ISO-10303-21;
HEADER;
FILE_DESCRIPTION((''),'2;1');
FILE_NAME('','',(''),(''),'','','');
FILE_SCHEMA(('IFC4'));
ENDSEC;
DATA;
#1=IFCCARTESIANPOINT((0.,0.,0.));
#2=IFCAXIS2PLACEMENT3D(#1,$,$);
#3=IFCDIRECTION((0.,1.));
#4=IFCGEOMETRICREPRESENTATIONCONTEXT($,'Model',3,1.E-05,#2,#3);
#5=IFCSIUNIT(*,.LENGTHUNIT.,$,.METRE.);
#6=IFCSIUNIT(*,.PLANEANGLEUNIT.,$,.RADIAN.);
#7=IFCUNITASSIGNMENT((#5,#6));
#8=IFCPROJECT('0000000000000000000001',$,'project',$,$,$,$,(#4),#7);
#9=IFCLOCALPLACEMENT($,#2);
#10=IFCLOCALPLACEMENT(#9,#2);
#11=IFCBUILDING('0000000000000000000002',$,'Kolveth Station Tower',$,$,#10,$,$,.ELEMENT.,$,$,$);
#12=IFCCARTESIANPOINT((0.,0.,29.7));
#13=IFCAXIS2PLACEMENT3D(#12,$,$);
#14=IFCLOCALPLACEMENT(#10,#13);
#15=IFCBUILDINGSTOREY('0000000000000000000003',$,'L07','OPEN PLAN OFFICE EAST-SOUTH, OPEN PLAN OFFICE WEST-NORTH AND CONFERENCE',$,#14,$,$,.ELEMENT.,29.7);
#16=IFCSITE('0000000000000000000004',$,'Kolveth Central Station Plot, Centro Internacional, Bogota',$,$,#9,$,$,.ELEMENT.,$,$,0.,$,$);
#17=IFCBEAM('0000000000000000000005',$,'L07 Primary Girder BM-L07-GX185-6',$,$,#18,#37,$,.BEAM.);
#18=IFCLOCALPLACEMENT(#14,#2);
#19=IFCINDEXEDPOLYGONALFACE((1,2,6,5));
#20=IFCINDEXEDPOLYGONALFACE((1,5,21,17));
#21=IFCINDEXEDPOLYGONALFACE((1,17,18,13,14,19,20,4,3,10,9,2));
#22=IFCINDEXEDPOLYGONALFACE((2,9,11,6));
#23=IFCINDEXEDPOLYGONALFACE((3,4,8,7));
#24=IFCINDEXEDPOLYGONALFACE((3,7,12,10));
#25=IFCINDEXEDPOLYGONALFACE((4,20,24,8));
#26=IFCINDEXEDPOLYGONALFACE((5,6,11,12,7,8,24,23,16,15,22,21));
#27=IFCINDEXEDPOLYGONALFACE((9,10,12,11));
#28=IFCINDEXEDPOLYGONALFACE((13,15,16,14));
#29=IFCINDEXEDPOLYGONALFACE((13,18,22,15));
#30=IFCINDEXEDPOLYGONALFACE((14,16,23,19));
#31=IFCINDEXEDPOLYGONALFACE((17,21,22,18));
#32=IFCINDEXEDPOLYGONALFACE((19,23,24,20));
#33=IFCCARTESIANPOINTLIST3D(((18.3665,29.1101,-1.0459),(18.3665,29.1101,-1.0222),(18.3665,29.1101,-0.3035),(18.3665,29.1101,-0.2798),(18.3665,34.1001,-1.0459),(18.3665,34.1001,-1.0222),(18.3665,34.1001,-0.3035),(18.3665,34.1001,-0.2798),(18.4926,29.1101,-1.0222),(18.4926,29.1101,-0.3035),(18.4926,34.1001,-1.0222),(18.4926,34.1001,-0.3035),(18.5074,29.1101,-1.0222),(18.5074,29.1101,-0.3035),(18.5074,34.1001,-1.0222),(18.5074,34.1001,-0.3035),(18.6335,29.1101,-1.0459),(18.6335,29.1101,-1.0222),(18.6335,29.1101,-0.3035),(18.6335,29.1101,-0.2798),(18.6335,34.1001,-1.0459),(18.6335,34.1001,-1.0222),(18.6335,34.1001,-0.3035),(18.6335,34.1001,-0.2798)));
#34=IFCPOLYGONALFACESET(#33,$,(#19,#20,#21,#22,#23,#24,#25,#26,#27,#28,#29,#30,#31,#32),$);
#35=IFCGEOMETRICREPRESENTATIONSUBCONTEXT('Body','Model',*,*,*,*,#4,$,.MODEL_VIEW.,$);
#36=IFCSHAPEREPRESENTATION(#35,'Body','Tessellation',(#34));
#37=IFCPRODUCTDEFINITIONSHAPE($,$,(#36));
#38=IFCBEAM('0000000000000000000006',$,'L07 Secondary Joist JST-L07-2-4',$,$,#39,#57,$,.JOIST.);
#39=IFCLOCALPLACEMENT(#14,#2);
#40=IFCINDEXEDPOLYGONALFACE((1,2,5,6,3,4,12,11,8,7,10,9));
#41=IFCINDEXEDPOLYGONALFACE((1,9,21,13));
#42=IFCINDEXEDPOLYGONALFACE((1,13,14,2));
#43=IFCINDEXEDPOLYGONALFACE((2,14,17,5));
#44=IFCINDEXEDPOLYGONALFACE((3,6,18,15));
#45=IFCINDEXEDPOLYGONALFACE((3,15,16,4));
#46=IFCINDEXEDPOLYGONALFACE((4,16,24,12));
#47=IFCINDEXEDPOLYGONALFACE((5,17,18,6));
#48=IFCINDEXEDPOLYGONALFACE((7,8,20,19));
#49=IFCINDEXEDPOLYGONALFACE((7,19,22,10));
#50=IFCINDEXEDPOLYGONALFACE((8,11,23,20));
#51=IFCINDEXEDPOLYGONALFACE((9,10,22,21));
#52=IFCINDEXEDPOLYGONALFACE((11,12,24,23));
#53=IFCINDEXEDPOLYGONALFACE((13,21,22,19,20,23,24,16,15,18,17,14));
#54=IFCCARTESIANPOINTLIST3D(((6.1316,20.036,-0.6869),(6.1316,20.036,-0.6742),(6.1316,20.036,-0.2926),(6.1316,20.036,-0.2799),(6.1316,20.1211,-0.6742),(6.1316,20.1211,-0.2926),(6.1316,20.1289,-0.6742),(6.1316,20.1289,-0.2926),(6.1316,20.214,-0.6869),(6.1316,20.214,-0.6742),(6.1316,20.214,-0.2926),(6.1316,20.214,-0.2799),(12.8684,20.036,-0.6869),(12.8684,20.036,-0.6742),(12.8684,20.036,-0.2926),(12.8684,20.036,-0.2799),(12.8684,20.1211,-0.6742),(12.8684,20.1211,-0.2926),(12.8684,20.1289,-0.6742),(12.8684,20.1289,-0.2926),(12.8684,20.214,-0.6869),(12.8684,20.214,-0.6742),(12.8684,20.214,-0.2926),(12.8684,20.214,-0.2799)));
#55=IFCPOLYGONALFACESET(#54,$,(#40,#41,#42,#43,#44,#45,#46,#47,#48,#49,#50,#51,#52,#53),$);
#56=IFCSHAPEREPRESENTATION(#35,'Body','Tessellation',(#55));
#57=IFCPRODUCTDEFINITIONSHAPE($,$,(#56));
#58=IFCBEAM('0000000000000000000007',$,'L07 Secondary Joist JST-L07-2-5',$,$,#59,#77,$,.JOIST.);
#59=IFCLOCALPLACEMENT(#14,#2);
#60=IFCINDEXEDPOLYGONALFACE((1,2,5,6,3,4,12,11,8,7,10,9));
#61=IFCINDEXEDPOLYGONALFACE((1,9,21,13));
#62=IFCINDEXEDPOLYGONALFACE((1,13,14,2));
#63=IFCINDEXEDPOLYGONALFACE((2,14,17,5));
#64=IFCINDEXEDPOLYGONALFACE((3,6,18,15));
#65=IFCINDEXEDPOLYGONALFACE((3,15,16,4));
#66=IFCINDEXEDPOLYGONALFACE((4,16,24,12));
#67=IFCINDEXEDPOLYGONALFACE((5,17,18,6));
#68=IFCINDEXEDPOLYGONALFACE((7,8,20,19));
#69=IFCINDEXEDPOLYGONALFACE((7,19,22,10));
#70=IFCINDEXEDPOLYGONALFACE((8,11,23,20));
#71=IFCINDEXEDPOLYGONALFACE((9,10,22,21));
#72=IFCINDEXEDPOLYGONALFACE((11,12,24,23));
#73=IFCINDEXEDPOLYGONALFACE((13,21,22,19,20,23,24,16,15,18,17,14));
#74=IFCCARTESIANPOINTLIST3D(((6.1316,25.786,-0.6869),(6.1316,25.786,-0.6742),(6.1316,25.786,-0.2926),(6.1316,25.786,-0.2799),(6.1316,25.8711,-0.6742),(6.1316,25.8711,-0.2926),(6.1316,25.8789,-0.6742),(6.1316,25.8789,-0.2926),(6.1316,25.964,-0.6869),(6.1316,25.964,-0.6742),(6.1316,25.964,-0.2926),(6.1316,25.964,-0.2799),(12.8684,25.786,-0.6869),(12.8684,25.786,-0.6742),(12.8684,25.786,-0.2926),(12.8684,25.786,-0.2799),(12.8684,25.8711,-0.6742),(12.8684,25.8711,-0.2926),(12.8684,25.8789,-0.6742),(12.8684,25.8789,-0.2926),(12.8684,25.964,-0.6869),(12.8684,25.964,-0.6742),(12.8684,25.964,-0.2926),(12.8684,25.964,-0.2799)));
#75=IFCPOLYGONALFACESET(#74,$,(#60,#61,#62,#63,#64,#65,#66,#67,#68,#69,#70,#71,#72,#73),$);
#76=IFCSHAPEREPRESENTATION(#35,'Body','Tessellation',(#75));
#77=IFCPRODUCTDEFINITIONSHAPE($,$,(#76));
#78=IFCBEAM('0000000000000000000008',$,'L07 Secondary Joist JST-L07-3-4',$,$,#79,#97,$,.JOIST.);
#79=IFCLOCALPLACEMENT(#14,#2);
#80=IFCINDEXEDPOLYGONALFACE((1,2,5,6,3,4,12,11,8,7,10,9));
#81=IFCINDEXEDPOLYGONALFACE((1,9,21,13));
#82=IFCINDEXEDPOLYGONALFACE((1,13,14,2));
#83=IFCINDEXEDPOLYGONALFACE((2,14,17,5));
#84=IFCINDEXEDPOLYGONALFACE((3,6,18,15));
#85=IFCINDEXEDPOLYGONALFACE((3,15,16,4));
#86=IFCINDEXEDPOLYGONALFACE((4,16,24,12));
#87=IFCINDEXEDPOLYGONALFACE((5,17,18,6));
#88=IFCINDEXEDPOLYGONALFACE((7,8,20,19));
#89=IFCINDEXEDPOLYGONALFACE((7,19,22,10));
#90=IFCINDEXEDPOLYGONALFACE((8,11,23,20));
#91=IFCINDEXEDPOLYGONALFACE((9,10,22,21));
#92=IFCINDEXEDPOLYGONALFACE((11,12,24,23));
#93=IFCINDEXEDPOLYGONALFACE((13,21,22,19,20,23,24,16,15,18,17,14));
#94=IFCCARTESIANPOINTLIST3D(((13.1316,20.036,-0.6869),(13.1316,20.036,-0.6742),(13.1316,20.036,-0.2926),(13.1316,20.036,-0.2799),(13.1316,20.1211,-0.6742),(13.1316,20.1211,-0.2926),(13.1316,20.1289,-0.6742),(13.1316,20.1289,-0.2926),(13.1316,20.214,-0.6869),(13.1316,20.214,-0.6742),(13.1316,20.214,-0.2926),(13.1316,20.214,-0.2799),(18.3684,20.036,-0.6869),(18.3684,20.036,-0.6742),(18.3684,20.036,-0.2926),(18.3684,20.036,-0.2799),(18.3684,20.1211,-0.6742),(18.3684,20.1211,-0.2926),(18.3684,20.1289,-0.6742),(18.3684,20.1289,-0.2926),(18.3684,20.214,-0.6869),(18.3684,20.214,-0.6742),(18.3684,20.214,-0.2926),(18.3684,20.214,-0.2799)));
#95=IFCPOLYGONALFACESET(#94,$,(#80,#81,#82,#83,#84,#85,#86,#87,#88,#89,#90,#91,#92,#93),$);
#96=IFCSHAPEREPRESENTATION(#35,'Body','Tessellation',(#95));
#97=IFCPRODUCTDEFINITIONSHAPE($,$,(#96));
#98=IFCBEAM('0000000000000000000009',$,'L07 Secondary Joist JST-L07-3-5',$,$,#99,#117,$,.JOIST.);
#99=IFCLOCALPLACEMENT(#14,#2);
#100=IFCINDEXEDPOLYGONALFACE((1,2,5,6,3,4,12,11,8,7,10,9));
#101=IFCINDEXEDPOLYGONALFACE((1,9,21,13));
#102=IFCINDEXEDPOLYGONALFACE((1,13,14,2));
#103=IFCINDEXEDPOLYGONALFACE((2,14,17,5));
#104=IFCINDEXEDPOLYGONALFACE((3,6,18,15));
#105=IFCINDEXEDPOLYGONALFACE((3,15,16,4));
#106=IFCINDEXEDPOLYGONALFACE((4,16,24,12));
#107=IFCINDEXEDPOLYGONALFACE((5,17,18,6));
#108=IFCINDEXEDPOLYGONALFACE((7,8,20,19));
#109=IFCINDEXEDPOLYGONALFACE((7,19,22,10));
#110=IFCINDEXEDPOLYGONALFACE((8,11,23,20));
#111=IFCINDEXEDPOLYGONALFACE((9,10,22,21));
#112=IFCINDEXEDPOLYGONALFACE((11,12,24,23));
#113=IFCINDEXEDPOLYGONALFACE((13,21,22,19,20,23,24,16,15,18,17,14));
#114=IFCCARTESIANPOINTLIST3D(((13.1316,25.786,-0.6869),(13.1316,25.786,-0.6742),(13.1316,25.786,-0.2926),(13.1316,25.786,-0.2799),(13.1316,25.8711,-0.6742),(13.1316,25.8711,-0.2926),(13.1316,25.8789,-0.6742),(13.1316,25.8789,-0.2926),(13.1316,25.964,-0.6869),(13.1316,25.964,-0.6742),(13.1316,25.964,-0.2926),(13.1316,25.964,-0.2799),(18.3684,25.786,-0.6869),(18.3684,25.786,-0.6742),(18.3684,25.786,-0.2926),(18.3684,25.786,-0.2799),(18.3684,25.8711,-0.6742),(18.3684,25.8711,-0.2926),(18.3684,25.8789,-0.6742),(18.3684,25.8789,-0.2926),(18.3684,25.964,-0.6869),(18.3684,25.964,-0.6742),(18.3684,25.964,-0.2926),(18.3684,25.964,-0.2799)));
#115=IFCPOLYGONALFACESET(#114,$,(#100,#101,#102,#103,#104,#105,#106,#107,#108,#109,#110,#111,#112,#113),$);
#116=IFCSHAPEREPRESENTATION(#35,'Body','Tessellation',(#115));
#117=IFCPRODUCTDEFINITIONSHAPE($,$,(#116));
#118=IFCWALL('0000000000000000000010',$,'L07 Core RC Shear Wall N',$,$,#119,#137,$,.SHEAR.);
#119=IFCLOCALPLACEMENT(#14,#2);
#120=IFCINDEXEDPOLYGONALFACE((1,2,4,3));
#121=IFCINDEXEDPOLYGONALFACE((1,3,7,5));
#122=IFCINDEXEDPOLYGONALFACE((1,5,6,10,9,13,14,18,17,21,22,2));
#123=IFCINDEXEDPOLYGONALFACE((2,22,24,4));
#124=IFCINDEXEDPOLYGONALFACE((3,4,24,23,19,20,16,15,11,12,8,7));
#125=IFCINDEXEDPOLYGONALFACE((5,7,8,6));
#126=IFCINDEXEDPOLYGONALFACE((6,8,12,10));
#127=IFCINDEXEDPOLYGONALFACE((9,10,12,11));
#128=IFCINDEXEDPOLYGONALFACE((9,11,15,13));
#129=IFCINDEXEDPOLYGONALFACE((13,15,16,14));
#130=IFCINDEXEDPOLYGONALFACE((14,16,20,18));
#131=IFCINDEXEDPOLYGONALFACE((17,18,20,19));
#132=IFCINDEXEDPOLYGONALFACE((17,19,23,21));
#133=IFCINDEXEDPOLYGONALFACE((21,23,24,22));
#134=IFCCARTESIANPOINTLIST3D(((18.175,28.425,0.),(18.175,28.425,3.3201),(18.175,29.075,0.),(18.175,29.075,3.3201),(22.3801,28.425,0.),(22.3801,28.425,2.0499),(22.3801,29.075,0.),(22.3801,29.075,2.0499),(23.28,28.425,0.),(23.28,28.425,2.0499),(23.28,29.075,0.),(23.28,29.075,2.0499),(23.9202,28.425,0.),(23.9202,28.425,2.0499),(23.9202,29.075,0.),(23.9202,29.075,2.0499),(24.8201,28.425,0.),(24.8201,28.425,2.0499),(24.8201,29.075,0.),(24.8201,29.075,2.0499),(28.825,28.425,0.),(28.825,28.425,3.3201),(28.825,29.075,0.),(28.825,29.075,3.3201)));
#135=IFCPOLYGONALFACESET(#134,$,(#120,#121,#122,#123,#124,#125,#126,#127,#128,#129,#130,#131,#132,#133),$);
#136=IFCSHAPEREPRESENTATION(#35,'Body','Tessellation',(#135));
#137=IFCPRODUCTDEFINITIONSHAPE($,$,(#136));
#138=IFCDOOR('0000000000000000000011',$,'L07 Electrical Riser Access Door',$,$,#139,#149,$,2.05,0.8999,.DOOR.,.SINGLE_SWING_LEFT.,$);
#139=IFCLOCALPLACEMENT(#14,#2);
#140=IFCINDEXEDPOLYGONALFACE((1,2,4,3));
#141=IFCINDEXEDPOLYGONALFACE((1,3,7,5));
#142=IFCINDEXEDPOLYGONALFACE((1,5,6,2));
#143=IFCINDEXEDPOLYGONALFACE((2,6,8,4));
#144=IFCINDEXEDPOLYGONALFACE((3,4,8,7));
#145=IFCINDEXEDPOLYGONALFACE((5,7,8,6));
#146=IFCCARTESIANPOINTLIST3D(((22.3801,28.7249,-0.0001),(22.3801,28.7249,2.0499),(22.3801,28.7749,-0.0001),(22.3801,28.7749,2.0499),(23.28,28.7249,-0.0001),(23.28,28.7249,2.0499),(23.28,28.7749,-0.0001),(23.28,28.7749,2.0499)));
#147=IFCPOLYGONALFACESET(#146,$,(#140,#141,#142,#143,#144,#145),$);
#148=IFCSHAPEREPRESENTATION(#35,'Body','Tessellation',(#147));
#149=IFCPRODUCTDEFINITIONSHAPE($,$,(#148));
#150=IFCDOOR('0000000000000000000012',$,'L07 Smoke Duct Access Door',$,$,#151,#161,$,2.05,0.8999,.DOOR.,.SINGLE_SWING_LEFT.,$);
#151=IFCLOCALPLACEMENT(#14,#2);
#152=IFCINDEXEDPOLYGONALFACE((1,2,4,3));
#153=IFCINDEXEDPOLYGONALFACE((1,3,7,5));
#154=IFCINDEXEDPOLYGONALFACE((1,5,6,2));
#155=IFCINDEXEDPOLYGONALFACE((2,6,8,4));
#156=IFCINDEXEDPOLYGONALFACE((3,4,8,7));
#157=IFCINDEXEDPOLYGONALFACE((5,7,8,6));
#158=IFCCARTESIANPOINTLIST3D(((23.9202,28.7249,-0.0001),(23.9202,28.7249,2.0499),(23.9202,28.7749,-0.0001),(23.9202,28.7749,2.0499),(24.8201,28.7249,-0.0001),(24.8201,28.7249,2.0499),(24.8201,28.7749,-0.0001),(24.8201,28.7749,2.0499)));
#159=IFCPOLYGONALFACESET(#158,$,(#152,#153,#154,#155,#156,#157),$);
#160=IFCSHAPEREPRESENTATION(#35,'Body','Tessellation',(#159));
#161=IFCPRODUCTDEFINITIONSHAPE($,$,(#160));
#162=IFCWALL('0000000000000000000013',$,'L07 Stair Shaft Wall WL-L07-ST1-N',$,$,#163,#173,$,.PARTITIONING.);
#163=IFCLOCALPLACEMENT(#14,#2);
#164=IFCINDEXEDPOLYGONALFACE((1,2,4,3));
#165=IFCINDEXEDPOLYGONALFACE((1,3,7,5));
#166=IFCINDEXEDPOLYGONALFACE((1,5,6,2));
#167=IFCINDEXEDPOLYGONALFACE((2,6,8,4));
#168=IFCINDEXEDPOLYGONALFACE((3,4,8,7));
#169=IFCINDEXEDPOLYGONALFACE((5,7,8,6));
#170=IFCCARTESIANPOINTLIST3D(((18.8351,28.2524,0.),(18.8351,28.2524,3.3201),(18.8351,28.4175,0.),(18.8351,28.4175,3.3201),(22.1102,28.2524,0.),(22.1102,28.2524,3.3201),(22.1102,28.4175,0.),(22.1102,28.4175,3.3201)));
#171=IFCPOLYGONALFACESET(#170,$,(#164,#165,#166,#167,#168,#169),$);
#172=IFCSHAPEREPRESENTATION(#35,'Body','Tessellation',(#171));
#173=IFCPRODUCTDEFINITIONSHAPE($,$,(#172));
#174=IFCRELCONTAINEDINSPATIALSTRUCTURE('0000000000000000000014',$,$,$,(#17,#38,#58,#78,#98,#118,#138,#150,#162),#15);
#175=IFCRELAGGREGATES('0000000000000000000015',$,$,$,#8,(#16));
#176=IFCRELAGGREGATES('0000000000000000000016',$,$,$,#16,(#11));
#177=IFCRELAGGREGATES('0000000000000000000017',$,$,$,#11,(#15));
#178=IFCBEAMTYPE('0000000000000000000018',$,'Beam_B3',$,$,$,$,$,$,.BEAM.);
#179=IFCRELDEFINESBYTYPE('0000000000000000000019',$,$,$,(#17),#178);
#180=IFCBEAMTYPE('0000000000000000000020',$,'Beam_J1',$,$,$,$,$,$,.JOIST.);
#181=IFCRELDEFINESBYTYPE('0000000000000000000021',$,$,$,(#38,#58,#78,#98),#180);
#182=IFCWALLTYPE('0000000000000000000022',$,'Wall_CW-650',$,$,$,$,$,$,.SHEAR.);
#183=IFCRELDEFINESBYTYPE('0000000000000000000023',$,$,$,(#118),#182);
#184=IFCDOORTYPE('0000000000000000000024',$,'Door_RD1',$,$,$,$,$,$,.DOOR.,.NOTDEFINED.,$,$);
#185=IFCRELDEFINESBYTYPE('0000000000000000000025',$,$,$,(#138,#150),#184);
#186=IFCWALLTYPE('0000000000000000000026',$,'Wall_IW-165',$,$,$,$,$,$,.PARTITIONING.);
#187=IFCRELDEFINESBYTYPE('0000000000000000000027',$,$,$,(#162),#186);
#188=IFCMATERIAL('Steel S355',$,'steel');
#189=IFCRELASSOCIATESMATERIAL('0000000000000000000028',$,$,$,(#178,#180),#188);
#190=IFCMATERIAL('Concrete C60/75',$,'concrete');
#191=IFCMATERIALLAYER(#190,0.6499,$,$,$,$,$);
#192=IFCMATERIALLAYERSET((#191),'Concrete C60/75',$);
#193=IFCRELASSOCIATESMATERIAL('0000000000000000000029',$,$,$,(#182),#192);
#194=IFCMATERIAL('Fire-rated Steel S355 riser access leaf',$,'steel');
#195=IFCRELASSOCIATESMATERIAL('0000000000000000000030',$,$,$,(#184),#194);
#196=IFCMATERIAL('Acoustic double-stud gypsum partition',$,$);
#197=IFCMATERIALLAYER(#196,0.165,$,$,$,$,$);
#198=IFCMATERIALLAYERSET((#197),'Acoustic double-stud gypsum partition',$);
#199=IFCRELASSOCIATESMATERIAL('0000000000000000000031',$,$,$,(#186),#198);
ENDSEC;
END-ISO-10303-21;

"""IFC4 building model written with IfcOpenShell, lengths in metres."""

from ifc_helpers import new_model, si_unit, direction, frame, frame_2d, origin, origin_2d, place, context, subcontext, project, spatial, rectangle, i_section, extrude, source, transform, mapped, material, layer, layer_set, material_profile, profile_set, type_object, element, fill, save


model = new_model("IFC4")

# Units and contexts
model_context = context("Model", 3, precision=1e-05, world=origin(), true_north=direction((0.0, 1.0)))
body_context = subcontext(model_context, "Body", "Model", "MODEL_VIEW")
ifc_project = project(units=[si_unit("LENGTHUNIT", "METRE"), si_unit("PLANEANGLEUNIT", "RADIAN")], contexts=[model_context])

# Site, building, storey
site_placement = place(None, origin())
site = spatial("IfcSite", under=ifc_project, at=site_placement, Name="Kolveth Central Station Plot, Centro Internacional, Bogota", CompositionType="ELEMENT", RefElevation=0.0)
building_placement = place(site_placement, origin())
building = spatial("IfcBuilding", under=site, at=building_placement, Name="Kolveth Station Tower", CompositionType="ELEMENT")
storey_placement = place(building_placement, frame((0.0, 0.0, 29.7)))
storey = spatial("IfcBuildingStorey", under=building, at=storey_placement, Name="L07", Description="OPEN PLAN OFFICE EAST-SOUTH, OPEN PLAN OFFICE WEST-NORTH AND CONFERENCE", CompositionType="ELEMENT", Elevation=29.7)

# Beams
ifc_material_1 = material(Name="Steel S355", Category="steel")
ifc_material_profile_1 = material_profile(ifc_material_1, i_section(OverallWidth=0.2671, OverallDepth=0.7661, WebThickness=0.0149, FlangeThickness=0.0237, at=origin_2d()), Name="W760x185")
ifc_profile_set_1 = profile_set([ifc_material_profile_1], Name="Steel S355")
beam_type_1 = type_object("IfcBeamType", Name="Beam_B3", PredefinedType="BEAM", material=ifc_profile_set_1)
shared_shape_1 = source(origin(), body_context, "Body", "SweptSolid", [
    extrude(i_section(OverallWidth=0.2671, OverallDepth=0.7661, WebThickness=0.0149, FlangeThickness=0.0237, at=origin_2d()), origin(), (0.0, 0.0, 1.0), 4.99),
])
beam_1_placement = place(storey_placement, frame((18.5, 29.1101, -0.6628), z_axis=(0.0, 1.0, 0.0), x_axis=(-1.0, 0.0, 0.0)))
element("IfcBeam", 1, at=beam_1_placement, inside=storey, type_object=beam_type_1, Name="L07 Primary Girder BM-L07-GX185-6", PredefinedType="BEAM", context=body_context, shape_type="MappedRepresentation", body=[
    mapped(shared_shape_1, transform((0.0, 0.0, 0.0), x_axis=(1.0, 0.0, 0.0), y_axis=(0.0, 1.0, 0.0), z_axis=(0.0, 0.0, 1.0), scale=1.0)),
])
ifc_material_profile_2 = material_profile(ifc_material_1, i_section(OverallWidth=0.178, OverallDepth=0.407, WebThickness=0.0078, FlangeThickness=0.0127, at=origin_2d()), Name="W410x60")
ifc_profile_set_2 = profile_set([ifc_material_profile_2], Name="Steel S355")
beam_type_2 = type_object("IfcBeamType", Name="Beam_J1", PredefinedType="JOIST", material=ifc_profile_set_2)
shared_shape_2 = source(origin(), body_context, "Body", "SweptSolid", [
    extrude(i_section(OverallWidth=0.178, OverallDepth=0.407, WebThickness=0.0078, FlangeThickness=0.0127, at=origin_2d()), origin(), (0.0, 0.0, 1.0), 6.7368),
])
for number, where, z_axis, x_axis, name in (
    (2, (6.1316, 20.125, -0.4834), (1.0, 0.0, 0.0), (0.0, 1.0, 0.0), "L07 Secondary Joist JST-L07-2-4"),
    (3, (6.1316, 25.875, -0.4834), (1.0, 0.0, 0.0), (0.0, 1.0, 0.0), "L07 Secondary Joist JST-L07-2-5"),
):
    element("IfcBeam", number, at=place(storey_placement, frame(where, z_axis=z_axis, x_axis=x_axis)), inside=storey, type_object=beam_type_2, Name=name, PredefinedType="JOIST", context=body_context, shape_type="MappedRepresentation", body=[
        mapped(shared_shape_2, transform((0.0, 0.0, 0.0), x_axis=(1.0, 0.0, 0.0), y_axis=(0.0, 1.0, 0.0), z_axis=(0.0, 0.0, 1.0), scale=1.0)),
    ])
shared_shape_3 = source(origin(), body_context, "Body", "SweptSolid", [
    extrude(i_section(OverallWidth=0.178, OverallDepth=0.407, WebThickness=0.0078, FlangeThickness=0.0127, at=origin_2d()), origin(), (0.0, 0.0, 1.0), 5.2368),
])
for number, where, z_axis, x_axis, name in (
    (4, (13.1316, 20.125, -0.4834), (1.0, 0.0, 0.0), (0.0, 1.0, 0.0), "L07 Secondary Joist JST-L07-3-4"),
    (5, (13.1316, 25.875, -0.4834), (1.0, 0.0, 0.0), (0.0, 1.0, 0.0), "L07 Secondary Joist JST-L07-3-5"),
):
    element("IfcBeam", number, at=place(storey_placement, frame(where, z_axis=z_axis, x_axis=x_axis)), inside=storey, type_object=beam_type_2, Name=name, PredefinedType="JOIST", context=body_context, shape_type="MappedRepresentation", body=[
        mapped(shared_shape_3, transform((0.0, 0.0, 0.0), x_axis=(1.0, 0.0, 0.0), y_axis=(0.0, 1.0, 0.0), z_axis=(0.0, 0.0, 1.0), scale=1.0)),
    ])

# Wall, openings, doors
ifc_material_2 = material(Name="Concrete C60/75", Category="concrete")
ifc_layer_1 = layer(ifc_material_2, 0.6499)
ifc_layer_set_1 = layer_set([ifc_layer_1], Name="Concrete C60/75")
wall_type_1 = type_object("IfcWallType", Name="Wall_CW-650", PredefinedType="SHEAR", material=ifc_layer_set_1)
wall_1_placement = place(storey_placement, frame((18.175, 28.75, 0.0), z_axis=(0.0, 0.0, 1.0), x_axis=(1.0, 0.0, 0.0)))
wall_1 = element("IfcWall", 6, at=wall_1_placement, inside=storey, type_object=wall_type_1, Name="L07 Core RC Shear Wall N", PredefinedType="SHEAR", context=body_context, shape_type="SweptSolid", body=[
    extrude(rectangle(XDim=10.6499, YDim=0.6499, at=frame_2d((5.325, 0.0))), origin(), (0.0, 0.0, 1.0), 3.3201),
])
opening_1_placement = place(wall_1_placement, frame((4.2051, 0.0, 0.0)))
opening_1 = element("IfcOpeningElement", 7, at=opening_1_placement, cuts=wall_1, PredefinedType="OPENING", context=body_context, shape_type="SweptSolid", body=[
    extrude(rectangle(XDim=0.8999, YDim=2.05, at=frame_2d((0.45, 1.0249))), frame((0.0, 0.335, 0.0), z_axis=(0.0, -1.0, 0.0), x_axis=(1.0, 0.0, 0.0)), (0.0, 0.0, 1.0), 0.6699),
])
opening_2_placement = place(wall_1_placement, frame((5.7451, 0.0, 0.0)))
opening_2 = element("IfcOpeningElement", 8, at=opening_2_placement, cuts=wall_1, PredefinedType="OPENING", context=body_context, shape_type="SweptSolid", body=[
    extrude(rectangle(XDim=0.8999, YDim=2.05, at=frame_2d((0.45, 1.0249))), frame((0.0, 0.335, 0.0), z_axis=(0.0, -1.0, 0.0), x_axis=(1.0, 0.0, 0.0)), (0.0, 0.0, 1.0), 0.6699),
])
ifc_material_3 = material(Name="Fire-rated Steel S355 riser access leaf", Category="steel")
door_type_1 = type_object("IfcDoorType", Name="Door_RD1", OperationType="NOTDEFINED", PredefinedType="DOOR", material=ifc_material_3)
door_1_placement = place(opening_1_placement, origin())
door_1 = element("IfcDoor", 9, at=door_1_placement, inside=storey, type_object=door_type_1, Name="L07 Electrical Riser Access Door", OperationType="SINGLE_SWING_LEFT", OverallHeight=2.05, OverallWidth=0.8999, PredefinedType="DOOR", context=body_context, shape_type="SweptSolid", body=[
    extrude(rectangle(XDim=0.8999, YDim=2.05, at=frame_2d((0.45, 1.0249))), frame((0.0, 0.0249, 0.0), z_axis=(0.0, -1.0, 0.0), x_axis=(1.0, 0.0, 0.0)), (0.0, 0.0, 1.0), 0.05),
])
fill(opening_1, door_1)
door_2_placement = place(opening_2_placement, origin())
door_2 = element("IfcDoor", 10, at=door_2_placement, inside=storey, type_object=door_type_1, Name="L07 Smoke Duct Access Door", OperationType="SINGLE_SWING_LEFT", OverallHeight=2.05, OverallWidth=0.8999, PredefinedType="DOOR", context=body_context, shape_type="SweptSolid", body=[
    extrude(rectangle(XDim=0.8999, YDim=2.05, at=frame_2d((0.45, 1.0249))), frame((0.0, 0.0249, 0.0), z_axis=(0.0, -1.0, 0.0), x_axis=(1.0, 0.0, 0.0)), (0.0, 0.0, 1.0), 0.05),
])
fill(opening_2, door_2)

# Wall
ifc_material_4 = material(Name="Acoustic double-stud gypsum partition")
ifc_layer_2 = layer(ifc_material_4, 0.165)
ifc_layer_set_2 = layer_set([ifc_layer_2], Name="Acoustic double-stud gypsum partition")
wall_type_2 = type_object("IfcWallType", Name="Wall_IW-165", PredefinedType="PARTITIONING", material=ifc_layer_set_2)
wall_2_placement = place(storey_placement, frame((18.835, 28.335, 0.0), z_axis=(0.0, 0.0, 1.0), x_axis=(1.0, 0.0, 0.0)))
element("IfcWall", 11, at=wall_2_placement, inside=storey, type_object=wall_type_2, Name="L07 Stair Shaft Wall WL-L07-ST1-N", PredefinedType="PARTITIONING", context=body_context, shape_type="SweptSolid", body=[
    extrude(rectangle(XDim=3.2751, YDim=0.165, at=frame_2d((1.6377, 0.0))), origin(), (0.0, 0.0, 1.0), 3.3201),
])

save(model, "model.ifc")
